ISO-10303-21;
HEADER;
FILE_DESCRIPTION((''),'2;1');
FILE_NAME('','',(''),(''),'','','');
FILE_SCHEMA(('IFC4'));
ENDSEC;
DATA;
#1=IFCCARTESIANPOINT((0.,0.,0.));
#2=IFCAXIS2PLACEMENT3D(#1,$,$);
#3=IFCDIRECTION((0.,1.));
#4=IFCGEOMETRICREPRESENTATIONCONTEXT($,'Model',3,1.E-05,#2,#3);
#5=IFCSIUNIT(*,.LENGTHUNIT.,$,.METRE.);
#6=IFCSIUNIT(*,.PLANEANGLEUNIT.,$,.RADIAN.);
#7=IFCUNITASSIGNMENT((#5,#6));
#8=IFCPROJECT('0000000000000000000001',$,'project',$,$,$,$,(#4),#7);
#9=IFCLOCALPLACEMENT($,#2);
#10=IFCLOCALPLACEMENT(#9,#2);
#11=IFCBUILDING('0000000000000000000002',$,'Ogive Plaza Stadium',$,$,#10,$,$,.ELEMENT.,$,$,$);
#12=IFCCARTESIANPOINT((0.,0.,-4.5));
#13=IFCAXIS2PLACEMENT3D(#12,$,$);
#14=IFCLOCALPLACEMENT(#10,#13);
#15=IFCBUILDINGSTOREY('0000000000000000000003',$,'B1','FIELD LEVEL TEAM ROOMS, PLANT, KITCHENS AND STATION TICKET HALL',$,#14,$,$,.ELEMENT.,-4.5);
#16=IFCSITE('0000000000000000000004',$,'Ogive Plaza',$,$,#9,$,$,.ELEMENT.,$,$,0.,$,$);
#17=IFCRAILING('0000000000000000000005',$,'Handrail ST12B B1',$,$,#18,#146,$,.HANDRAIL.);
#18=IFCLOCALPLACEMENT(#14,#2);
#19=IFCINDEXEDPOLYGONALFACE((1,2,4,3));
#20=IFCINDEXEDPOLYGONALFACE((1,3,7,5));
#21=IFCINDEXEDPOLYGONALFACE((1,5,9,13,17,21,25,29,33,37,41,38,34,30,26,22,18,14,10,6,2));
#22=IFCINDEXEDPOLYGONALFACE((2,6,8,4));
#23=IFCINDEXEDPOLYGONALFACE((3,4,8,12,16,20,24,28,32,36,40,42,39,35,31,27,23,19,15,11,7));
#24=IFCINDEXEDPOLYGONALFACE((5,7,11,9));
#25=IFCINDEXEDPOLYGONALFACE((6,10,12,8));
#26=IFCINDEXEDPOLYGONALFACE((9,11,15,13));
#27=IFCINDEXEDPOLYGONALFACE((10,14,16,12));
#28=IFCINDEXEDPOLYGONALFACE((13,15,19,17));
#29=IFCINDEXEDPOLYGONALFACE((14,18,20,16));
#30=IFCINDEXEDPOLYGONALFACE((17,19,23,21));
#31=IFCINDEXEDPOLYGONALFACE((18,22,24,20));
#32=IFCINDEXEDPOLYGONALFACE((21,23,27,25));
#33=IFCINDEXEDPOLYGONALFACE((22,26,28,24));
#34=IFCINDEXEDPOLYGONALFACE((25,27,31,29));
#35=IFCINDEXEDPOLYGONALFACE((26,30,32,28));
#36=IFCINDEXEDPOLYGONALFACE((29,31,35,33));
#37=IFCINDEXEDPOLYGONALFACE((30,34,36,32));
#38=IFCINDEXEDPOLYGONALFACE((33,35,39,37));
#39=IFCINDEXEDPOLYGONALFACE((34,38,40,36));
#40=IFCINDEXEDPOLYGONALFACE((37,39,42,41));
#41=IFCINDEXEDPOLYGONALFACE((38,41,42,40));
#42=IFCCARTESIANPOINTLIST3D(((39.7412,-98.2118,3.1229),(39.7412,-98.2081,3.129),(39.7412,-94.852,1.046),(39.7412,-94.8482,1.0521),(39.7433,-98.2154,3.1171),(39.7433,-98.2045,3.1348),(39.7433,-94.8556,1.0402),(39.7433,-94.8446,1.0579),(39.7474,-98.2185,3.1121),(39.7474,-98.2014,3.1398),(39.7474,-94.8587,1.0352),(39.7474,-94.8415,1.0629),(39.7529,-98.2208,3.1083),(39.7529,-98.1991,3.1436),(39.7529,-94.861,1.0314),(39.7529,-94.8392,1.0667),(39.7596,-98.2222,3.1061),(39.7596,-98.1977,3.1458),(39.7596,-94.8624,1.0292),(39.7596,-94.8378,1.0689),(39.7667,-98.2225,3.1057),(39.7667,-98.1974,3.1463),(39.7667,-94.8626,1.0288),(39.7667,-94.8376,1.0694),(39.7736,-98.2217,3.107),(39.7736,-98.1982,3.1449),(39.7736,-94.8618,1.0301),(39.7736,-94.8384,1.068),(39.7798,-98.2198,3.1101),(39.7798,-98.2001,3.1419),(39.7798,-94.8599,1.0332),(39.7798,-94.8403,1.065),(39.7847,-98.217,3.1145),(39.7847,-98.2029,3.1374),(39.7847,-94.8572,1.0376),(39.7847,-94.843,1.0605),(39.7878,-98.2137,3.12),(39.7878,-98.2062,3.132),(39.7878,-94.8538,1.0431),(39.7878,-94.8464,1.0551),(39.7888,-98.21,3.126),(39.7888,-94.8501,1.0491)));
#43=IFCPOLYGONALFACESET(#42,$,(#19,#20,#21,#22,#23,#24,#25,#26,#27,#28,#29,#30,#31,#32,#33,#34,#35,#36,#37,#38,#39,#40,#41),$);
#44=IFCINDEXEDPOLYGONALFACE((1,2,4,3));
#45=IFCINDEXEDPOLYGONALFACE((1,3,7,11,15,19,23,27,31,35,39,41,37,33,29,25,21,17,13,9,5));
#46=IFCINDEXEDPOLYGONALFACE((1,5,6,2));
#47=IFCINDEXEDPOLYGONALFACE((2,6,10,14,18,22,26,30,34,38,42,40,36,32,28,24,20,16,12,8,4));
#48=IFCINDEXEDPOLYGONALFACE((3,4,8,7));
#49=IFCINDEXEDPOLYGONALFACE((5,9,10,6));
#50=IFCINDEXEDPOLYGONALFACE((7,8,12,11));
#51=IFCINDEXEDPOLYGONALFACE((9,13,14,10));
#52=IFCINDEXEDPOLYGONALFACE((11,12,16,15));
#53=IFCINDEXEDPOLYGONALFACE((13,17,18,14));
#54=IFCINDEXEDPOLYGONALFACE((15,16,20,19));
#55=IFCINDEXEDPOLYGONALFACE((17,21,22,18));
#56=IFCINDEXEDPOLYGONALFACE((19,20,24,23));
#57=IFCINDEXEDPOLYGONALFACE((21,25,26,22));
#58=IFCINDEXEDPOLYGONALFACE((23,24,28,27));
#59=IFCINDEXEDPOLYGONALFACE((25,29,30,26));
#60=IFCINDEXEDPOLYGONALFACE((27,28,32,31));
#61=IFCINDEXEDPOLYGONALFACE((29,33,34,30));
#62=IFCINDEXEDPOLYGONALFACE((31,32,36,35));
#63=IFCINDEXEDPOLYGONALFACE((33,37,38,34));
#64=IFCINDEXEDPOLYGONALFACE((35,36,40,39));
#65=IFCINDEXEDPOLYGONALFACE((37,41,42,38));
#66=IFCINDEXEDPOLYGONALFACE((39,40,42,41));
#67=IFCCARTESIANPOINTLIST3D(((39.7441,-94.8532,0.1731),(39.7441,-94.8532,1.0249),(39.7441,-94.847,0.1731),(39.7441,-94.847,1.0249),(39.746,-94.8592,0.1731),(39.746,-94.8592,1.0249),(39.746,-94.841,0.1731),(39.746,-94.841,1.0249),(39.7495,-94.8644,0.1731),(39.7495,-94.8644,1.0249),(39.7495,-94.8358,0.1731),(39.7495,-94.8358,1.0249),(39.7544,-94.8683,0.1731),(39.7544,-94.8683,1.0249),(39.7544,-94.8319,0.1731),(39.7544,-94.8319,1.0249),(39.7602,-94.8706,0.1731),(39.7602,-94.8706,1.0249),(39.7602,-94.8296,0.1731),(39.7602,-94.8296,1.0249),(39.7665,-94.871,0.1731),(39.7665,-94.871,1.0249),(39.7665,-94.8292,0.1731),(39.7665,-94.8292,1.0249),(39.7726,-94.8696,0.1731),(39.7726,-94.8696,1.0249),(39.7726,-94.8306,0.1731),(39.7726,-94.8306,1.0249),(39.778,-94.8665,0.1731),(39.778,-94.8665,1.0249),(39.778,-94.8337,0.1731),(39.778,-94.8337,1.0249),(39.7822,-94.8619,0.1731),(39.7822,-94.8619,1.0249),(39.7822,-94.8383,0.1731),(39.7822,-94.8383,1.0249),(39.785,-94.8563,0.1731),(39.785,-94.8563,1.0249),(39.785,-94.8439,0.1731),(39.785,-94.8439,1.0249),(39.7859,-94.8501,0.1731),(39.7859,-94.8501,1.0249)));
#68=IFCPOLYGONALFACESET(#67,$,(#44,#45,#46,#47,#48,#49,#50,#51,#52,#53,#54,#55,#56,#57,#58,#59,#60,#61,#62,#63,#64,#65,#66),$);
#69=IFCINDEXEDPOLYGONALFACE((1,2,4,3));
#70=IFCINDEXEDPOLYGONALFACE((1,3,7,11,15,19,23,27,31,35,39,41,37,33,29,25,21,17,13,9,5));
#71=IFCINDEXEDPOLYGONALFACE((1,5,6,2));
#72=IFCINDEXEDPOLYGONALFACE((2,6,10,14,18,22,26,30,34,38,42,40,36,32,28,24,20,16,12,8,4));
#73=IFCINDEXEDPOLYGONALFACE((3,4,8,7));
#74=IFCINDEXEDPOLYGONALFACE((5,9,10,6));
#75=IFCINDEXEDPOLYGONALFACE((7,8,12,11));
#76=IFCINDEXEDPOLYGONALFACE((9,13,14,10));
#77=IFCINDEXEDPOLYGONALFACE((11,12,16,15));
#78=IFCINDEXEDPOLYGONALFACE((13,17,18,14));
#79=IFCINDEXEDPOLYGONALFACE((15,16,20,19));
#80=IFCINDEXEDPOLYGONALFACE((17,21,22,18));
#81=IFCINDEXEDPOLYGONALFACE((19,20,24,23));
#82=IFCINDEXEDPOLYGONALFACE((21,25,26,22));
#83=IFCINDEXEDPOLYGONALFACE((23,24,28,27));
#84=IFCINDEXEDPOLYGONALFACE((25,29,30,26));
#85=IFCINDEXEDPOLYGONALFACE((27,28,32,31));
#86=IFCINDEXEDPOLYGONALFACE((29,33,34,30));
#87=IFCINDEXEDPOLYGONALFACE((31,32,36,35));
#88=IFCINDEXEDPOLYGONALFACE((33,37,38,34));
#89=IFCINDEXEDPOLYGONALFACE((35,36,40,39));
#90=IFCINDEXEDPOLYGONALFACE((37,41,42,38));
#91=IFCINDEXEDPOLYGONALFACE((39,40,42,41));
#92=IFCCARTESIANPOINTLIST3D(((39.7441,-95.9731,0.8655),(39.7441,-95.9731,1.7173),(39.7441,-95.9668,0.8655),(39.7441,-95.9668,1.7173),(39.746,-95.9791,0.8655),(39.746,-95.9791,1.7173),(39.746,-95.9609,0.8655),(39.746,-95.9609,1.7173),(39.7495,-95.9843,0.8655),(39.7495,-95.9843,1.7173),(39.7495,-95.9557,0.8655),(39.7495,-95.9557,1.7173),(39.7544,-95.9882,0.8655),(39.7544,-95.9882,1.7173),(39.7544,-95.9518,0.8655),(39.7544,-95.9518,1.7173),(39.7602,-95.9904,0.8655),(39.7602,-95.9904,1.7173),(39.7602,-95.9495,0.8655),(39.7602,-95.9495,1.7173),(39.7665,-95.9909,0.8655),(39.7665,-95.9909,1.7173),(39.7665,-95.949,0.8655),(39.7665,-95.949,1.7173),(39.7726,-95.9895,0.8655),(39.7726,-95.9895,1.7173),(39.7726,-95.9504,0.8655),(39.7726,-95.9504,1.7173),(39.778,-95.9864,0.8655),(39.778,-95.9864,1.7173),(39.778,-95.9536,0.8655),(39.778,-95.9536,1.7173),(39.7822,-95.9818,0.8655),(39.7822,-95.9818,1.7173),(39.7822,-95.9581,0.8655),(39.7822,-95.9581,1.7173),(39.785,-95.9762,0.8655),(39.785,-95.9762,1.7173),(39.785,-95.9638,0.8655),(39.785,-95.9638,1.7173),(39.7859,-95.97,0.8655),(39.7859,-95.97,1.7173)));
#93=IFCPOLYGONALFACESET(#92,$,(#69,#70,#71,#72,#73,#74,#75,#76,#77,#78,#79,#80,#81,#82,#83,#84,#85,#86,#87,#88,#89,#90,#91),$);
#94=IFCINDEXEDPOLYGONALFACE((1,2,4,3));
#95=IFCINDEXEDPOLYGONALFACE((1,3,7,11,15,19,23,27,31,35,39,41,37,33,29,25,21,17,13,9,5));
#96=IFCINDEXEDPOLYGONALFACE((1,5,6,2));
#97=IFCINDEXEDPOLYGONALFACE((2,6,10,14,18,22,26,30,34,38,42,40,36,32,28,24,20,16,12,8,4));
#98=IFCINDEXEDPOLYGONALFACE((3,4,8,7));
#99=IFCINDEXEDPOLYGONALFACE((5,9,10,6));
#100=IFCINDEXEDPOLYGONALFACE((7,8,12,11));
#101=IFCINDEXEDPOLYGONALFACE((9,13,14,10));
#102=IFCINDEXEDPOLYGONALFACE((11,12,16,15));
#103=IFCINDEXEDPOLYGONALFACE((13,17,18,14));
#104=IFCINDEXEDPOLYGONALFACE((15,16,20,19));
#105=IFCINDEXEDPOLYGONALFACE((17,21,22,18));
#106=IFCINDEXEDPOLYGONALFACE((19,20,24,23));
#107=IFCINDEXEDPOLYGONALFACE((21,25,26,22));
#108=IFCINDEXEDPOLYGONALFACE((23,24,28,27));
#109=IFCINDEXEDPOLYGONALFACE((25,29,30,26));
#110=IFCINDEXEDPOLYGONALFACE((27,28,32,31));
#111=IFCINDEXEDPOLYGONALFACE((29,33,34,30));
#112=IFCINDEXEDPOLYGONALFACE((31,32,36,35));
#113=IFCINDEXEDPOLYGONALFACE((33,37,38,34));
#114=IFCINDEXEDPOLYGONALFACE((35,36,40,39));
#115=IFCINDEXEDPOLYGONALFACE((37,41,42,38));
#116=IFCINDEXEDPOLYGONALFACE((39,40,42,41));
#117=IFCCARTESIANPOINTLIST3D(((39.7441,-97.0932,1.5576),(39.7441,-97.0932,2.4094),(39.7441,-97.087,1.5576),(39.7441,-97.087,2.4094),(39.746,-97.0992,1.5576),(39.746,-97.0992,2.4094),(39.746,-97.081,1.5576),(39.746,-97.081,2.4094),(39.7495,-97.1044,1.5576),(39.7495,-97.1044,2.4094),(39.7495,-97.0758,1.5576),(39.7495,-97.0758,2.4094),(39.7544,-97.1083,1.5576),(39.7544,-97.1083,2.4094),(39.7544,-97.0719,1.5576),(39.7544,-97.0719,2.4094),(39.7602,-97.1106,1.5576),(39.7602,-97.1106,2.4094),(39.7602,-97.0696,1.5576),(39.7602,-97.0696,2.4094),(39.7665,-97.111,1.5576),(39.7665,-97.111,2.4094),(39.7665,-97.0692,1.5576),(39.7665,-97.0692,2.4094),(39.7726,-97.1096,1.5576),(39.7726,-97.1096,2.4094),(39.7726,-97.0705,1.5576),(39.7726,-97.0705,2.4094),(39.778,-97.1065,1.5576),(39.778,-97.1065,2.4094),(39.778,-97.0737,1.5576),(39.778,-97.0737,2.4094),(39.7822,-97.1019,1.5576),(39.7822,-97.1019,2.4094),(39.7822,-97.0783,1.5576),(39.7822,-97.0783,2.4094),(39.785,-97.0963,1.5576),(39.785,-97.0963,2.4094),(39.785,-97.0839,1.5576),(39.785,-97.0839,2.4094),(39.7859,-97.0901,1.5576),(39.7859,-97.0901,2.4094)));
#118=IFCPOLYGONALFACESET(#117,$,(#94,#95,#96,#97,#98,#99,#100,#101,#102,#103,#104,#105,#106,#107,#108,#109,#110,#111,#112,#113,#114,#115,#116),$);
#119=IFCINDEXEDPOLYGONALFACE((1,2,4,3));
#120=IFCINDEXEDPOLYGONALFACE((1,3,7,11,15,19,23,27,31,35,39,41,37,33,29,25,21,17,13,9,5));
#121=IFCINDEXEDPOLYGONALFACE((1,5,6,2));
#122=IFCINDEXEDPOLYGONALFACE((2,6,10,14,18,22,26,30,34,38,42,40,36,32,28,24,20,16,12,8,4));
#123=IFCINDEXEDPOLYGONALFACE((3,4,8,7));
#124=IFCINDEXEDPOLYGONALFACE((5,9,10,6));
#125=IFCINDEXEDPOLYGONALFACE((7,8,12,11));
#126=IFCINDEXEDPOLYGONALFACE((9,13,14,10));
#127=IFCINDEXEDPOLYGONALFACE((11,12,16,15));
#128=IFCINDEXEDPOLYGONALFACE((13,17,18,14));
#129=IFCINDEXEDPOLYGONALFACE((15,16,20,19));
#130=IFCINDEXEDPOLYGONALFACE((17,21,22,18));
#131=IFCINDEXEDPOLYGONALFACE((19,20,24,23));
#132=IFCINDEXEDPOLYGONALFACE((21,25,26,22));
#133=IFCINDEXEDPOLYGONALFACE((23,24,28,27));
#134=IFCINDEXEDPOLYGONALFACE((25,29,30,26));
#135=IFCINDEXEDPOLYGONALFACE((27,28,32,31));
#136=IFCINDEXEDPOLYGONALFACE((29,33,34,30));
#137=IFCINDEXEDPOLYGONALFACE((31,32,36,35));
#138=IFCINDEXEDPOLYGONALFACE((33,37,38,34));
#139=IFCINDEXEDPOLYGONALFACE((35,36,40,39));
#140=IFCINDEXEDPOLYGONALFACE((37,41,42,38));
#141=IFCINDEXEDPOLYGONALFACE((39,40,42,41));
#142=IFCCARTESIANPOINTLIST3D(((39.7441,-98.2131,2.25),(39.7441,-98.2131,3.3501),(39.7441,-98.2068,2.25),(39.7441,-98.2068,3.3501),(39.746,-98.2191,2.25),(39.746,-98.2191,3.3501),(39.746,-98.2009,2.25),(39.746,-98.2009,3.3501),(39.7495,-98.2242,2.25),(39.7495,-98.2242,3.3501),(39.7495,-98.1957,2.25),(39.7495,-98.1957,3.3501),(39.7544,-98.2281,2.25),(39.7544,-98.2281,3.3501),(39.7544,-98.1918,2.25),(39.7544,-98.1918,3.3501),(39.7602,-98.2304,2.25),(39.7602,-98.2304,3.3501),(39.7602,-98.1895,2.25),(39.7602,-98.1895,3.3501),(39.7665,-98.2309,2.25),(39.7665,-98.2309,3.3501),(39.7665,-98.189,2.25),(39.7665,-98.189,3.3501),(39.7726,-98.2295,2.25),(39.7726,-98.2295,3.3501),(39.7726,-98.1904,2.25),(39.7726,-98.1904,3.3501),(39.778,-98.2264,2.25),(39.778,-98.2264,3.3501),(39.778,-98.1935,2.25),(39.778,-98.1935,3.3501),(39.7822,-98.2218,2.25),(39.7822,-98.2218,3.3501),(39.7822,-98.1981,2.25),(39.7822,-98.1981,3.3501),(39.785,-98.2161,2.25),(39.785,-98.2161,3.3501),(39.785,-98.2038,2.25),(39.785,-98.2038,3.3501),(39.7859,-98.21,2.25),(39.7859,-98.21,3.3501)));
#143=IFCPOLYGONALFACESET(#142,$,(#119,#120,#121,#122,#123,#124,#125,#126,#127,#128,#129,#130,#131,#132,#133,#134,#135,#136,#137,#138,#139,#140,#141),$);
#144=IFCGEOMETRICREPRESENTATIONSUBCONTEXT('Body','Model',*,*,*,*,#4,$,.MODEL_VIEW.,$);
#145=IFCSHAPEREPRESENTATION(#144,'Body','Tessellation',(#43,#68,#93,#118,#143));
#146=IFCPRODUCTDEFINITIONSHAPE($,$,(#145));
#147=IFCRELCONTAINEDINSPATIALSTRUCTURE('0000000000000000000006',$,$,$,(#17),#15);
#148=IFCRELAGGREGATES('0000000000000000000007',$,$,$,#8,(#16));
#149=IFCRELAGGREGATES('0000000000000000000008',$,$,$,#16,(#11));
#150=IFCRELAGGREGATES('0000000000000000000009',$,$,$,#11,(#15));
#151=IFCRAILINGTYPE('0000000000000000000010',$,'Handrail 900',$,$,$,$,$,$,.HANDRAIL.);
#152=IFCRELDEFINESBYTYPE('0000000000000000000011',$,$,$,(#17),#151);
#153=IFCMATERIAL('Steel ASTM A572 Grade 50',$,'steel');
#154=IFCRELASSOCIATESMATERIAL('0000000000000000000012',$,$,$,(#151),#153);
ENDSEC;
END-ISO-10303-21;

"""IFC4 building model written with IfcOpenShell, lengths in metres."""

from ifc_helpers import new_model, si_unit, direction, frame, origin, origin_2d, place, context, subcontext, project, spatial, circle, extrude, material, type_object, element, save


model = new_model("IFC4")

# Units and contexts
model_context = context("Model", 3, precision=1e-05, world=origin(), true_north=direction((0.0, 1.0)))
body_context = subcontext(model_context, "Body", "Model", "MODEL_VIEW")
ifc_project = project(units=[si_unit("LENGTHUNIT", "METRE"), si_unit("PLANEANGLEUNIT", "RADIAN")], contexts=[model_context])

# Site, building, storey
site_placement = place(None, origin())
site = spatial("IfcSite", under=ifc_project, at=site_placement, Name="Ogive Plaza", CompositionType="ELEMENT", RefElevation=0.0)
building_placement = place(site_placement, origin())
building = spatial("IfcBuilding", under=site, at=building_placement, Name="Ogive Plaza Stadium", CompositionType="ELEMENT")
storey_placement = place(building_placement, frame((0.0, 0.0, -4.5)))
storey = spatial("IfcBuildingStorey", under=building, at=storey_placement, Name="B1", Description="FIELD LEVEL TEAM ROOMS, PLANT, KITCHENS AND STATION TICKET HALL", CompositionType="ELEMENT", Elevation=-4.5)

# Railing
ifc_material_1 = material(Name="Steel ASTM A572 Grade 50", Category="steel")
railing_type_1 = type_object("IfcRailingType", Name="Handrail 900", PredefinedType="HANDRAIL", material=ifc_material_1)
for number, where, name in (
    (1, (39.7649, -94.8501, 0.1731), "Handrail ST12B B1"),
):
    element("IfcRailing", number, at=place(storey_placement, frame(where)), inside=storey, type_object=railing_type_1, Name=name, PredefinedType="HANDRAIL", context=body_context, shape_type="SweptSolid", body=[
        extrude(circle(Radius=0.0239, at=origin_2d()), frame((0.0, 0.0, 0.876), z_axis=(0.0, -0.850606, 0.525803), x_axis=(1.0, 0.0, 0.0)), (0.0, 0.0, 1.0), 3.95),
        extrude(circle(Radius=0.021, at=origin_2d()), origin(), (0.0, 0.0, 1.0), 0.8518),
        extrude(circle(Radius=0.021, at=origin_2d()), frame((0.0, -1.1199, 0.6924)), (0.0, 0.0, 1.0), 0.8518),
        extrude(circle(Radius=0.021, at=origin_2d()), frame((0.0, -2.24, 1.3845)), (0.0, 0.0, 1.0), 0.8518),
        extrude(circle(Radius=0.021, at=origin_2d()), frame((0.0, -3.3599, 2.0769)), (0.0, 0.0, 1.0), 1.1001),
    ])

save(model, "model.ifc")
